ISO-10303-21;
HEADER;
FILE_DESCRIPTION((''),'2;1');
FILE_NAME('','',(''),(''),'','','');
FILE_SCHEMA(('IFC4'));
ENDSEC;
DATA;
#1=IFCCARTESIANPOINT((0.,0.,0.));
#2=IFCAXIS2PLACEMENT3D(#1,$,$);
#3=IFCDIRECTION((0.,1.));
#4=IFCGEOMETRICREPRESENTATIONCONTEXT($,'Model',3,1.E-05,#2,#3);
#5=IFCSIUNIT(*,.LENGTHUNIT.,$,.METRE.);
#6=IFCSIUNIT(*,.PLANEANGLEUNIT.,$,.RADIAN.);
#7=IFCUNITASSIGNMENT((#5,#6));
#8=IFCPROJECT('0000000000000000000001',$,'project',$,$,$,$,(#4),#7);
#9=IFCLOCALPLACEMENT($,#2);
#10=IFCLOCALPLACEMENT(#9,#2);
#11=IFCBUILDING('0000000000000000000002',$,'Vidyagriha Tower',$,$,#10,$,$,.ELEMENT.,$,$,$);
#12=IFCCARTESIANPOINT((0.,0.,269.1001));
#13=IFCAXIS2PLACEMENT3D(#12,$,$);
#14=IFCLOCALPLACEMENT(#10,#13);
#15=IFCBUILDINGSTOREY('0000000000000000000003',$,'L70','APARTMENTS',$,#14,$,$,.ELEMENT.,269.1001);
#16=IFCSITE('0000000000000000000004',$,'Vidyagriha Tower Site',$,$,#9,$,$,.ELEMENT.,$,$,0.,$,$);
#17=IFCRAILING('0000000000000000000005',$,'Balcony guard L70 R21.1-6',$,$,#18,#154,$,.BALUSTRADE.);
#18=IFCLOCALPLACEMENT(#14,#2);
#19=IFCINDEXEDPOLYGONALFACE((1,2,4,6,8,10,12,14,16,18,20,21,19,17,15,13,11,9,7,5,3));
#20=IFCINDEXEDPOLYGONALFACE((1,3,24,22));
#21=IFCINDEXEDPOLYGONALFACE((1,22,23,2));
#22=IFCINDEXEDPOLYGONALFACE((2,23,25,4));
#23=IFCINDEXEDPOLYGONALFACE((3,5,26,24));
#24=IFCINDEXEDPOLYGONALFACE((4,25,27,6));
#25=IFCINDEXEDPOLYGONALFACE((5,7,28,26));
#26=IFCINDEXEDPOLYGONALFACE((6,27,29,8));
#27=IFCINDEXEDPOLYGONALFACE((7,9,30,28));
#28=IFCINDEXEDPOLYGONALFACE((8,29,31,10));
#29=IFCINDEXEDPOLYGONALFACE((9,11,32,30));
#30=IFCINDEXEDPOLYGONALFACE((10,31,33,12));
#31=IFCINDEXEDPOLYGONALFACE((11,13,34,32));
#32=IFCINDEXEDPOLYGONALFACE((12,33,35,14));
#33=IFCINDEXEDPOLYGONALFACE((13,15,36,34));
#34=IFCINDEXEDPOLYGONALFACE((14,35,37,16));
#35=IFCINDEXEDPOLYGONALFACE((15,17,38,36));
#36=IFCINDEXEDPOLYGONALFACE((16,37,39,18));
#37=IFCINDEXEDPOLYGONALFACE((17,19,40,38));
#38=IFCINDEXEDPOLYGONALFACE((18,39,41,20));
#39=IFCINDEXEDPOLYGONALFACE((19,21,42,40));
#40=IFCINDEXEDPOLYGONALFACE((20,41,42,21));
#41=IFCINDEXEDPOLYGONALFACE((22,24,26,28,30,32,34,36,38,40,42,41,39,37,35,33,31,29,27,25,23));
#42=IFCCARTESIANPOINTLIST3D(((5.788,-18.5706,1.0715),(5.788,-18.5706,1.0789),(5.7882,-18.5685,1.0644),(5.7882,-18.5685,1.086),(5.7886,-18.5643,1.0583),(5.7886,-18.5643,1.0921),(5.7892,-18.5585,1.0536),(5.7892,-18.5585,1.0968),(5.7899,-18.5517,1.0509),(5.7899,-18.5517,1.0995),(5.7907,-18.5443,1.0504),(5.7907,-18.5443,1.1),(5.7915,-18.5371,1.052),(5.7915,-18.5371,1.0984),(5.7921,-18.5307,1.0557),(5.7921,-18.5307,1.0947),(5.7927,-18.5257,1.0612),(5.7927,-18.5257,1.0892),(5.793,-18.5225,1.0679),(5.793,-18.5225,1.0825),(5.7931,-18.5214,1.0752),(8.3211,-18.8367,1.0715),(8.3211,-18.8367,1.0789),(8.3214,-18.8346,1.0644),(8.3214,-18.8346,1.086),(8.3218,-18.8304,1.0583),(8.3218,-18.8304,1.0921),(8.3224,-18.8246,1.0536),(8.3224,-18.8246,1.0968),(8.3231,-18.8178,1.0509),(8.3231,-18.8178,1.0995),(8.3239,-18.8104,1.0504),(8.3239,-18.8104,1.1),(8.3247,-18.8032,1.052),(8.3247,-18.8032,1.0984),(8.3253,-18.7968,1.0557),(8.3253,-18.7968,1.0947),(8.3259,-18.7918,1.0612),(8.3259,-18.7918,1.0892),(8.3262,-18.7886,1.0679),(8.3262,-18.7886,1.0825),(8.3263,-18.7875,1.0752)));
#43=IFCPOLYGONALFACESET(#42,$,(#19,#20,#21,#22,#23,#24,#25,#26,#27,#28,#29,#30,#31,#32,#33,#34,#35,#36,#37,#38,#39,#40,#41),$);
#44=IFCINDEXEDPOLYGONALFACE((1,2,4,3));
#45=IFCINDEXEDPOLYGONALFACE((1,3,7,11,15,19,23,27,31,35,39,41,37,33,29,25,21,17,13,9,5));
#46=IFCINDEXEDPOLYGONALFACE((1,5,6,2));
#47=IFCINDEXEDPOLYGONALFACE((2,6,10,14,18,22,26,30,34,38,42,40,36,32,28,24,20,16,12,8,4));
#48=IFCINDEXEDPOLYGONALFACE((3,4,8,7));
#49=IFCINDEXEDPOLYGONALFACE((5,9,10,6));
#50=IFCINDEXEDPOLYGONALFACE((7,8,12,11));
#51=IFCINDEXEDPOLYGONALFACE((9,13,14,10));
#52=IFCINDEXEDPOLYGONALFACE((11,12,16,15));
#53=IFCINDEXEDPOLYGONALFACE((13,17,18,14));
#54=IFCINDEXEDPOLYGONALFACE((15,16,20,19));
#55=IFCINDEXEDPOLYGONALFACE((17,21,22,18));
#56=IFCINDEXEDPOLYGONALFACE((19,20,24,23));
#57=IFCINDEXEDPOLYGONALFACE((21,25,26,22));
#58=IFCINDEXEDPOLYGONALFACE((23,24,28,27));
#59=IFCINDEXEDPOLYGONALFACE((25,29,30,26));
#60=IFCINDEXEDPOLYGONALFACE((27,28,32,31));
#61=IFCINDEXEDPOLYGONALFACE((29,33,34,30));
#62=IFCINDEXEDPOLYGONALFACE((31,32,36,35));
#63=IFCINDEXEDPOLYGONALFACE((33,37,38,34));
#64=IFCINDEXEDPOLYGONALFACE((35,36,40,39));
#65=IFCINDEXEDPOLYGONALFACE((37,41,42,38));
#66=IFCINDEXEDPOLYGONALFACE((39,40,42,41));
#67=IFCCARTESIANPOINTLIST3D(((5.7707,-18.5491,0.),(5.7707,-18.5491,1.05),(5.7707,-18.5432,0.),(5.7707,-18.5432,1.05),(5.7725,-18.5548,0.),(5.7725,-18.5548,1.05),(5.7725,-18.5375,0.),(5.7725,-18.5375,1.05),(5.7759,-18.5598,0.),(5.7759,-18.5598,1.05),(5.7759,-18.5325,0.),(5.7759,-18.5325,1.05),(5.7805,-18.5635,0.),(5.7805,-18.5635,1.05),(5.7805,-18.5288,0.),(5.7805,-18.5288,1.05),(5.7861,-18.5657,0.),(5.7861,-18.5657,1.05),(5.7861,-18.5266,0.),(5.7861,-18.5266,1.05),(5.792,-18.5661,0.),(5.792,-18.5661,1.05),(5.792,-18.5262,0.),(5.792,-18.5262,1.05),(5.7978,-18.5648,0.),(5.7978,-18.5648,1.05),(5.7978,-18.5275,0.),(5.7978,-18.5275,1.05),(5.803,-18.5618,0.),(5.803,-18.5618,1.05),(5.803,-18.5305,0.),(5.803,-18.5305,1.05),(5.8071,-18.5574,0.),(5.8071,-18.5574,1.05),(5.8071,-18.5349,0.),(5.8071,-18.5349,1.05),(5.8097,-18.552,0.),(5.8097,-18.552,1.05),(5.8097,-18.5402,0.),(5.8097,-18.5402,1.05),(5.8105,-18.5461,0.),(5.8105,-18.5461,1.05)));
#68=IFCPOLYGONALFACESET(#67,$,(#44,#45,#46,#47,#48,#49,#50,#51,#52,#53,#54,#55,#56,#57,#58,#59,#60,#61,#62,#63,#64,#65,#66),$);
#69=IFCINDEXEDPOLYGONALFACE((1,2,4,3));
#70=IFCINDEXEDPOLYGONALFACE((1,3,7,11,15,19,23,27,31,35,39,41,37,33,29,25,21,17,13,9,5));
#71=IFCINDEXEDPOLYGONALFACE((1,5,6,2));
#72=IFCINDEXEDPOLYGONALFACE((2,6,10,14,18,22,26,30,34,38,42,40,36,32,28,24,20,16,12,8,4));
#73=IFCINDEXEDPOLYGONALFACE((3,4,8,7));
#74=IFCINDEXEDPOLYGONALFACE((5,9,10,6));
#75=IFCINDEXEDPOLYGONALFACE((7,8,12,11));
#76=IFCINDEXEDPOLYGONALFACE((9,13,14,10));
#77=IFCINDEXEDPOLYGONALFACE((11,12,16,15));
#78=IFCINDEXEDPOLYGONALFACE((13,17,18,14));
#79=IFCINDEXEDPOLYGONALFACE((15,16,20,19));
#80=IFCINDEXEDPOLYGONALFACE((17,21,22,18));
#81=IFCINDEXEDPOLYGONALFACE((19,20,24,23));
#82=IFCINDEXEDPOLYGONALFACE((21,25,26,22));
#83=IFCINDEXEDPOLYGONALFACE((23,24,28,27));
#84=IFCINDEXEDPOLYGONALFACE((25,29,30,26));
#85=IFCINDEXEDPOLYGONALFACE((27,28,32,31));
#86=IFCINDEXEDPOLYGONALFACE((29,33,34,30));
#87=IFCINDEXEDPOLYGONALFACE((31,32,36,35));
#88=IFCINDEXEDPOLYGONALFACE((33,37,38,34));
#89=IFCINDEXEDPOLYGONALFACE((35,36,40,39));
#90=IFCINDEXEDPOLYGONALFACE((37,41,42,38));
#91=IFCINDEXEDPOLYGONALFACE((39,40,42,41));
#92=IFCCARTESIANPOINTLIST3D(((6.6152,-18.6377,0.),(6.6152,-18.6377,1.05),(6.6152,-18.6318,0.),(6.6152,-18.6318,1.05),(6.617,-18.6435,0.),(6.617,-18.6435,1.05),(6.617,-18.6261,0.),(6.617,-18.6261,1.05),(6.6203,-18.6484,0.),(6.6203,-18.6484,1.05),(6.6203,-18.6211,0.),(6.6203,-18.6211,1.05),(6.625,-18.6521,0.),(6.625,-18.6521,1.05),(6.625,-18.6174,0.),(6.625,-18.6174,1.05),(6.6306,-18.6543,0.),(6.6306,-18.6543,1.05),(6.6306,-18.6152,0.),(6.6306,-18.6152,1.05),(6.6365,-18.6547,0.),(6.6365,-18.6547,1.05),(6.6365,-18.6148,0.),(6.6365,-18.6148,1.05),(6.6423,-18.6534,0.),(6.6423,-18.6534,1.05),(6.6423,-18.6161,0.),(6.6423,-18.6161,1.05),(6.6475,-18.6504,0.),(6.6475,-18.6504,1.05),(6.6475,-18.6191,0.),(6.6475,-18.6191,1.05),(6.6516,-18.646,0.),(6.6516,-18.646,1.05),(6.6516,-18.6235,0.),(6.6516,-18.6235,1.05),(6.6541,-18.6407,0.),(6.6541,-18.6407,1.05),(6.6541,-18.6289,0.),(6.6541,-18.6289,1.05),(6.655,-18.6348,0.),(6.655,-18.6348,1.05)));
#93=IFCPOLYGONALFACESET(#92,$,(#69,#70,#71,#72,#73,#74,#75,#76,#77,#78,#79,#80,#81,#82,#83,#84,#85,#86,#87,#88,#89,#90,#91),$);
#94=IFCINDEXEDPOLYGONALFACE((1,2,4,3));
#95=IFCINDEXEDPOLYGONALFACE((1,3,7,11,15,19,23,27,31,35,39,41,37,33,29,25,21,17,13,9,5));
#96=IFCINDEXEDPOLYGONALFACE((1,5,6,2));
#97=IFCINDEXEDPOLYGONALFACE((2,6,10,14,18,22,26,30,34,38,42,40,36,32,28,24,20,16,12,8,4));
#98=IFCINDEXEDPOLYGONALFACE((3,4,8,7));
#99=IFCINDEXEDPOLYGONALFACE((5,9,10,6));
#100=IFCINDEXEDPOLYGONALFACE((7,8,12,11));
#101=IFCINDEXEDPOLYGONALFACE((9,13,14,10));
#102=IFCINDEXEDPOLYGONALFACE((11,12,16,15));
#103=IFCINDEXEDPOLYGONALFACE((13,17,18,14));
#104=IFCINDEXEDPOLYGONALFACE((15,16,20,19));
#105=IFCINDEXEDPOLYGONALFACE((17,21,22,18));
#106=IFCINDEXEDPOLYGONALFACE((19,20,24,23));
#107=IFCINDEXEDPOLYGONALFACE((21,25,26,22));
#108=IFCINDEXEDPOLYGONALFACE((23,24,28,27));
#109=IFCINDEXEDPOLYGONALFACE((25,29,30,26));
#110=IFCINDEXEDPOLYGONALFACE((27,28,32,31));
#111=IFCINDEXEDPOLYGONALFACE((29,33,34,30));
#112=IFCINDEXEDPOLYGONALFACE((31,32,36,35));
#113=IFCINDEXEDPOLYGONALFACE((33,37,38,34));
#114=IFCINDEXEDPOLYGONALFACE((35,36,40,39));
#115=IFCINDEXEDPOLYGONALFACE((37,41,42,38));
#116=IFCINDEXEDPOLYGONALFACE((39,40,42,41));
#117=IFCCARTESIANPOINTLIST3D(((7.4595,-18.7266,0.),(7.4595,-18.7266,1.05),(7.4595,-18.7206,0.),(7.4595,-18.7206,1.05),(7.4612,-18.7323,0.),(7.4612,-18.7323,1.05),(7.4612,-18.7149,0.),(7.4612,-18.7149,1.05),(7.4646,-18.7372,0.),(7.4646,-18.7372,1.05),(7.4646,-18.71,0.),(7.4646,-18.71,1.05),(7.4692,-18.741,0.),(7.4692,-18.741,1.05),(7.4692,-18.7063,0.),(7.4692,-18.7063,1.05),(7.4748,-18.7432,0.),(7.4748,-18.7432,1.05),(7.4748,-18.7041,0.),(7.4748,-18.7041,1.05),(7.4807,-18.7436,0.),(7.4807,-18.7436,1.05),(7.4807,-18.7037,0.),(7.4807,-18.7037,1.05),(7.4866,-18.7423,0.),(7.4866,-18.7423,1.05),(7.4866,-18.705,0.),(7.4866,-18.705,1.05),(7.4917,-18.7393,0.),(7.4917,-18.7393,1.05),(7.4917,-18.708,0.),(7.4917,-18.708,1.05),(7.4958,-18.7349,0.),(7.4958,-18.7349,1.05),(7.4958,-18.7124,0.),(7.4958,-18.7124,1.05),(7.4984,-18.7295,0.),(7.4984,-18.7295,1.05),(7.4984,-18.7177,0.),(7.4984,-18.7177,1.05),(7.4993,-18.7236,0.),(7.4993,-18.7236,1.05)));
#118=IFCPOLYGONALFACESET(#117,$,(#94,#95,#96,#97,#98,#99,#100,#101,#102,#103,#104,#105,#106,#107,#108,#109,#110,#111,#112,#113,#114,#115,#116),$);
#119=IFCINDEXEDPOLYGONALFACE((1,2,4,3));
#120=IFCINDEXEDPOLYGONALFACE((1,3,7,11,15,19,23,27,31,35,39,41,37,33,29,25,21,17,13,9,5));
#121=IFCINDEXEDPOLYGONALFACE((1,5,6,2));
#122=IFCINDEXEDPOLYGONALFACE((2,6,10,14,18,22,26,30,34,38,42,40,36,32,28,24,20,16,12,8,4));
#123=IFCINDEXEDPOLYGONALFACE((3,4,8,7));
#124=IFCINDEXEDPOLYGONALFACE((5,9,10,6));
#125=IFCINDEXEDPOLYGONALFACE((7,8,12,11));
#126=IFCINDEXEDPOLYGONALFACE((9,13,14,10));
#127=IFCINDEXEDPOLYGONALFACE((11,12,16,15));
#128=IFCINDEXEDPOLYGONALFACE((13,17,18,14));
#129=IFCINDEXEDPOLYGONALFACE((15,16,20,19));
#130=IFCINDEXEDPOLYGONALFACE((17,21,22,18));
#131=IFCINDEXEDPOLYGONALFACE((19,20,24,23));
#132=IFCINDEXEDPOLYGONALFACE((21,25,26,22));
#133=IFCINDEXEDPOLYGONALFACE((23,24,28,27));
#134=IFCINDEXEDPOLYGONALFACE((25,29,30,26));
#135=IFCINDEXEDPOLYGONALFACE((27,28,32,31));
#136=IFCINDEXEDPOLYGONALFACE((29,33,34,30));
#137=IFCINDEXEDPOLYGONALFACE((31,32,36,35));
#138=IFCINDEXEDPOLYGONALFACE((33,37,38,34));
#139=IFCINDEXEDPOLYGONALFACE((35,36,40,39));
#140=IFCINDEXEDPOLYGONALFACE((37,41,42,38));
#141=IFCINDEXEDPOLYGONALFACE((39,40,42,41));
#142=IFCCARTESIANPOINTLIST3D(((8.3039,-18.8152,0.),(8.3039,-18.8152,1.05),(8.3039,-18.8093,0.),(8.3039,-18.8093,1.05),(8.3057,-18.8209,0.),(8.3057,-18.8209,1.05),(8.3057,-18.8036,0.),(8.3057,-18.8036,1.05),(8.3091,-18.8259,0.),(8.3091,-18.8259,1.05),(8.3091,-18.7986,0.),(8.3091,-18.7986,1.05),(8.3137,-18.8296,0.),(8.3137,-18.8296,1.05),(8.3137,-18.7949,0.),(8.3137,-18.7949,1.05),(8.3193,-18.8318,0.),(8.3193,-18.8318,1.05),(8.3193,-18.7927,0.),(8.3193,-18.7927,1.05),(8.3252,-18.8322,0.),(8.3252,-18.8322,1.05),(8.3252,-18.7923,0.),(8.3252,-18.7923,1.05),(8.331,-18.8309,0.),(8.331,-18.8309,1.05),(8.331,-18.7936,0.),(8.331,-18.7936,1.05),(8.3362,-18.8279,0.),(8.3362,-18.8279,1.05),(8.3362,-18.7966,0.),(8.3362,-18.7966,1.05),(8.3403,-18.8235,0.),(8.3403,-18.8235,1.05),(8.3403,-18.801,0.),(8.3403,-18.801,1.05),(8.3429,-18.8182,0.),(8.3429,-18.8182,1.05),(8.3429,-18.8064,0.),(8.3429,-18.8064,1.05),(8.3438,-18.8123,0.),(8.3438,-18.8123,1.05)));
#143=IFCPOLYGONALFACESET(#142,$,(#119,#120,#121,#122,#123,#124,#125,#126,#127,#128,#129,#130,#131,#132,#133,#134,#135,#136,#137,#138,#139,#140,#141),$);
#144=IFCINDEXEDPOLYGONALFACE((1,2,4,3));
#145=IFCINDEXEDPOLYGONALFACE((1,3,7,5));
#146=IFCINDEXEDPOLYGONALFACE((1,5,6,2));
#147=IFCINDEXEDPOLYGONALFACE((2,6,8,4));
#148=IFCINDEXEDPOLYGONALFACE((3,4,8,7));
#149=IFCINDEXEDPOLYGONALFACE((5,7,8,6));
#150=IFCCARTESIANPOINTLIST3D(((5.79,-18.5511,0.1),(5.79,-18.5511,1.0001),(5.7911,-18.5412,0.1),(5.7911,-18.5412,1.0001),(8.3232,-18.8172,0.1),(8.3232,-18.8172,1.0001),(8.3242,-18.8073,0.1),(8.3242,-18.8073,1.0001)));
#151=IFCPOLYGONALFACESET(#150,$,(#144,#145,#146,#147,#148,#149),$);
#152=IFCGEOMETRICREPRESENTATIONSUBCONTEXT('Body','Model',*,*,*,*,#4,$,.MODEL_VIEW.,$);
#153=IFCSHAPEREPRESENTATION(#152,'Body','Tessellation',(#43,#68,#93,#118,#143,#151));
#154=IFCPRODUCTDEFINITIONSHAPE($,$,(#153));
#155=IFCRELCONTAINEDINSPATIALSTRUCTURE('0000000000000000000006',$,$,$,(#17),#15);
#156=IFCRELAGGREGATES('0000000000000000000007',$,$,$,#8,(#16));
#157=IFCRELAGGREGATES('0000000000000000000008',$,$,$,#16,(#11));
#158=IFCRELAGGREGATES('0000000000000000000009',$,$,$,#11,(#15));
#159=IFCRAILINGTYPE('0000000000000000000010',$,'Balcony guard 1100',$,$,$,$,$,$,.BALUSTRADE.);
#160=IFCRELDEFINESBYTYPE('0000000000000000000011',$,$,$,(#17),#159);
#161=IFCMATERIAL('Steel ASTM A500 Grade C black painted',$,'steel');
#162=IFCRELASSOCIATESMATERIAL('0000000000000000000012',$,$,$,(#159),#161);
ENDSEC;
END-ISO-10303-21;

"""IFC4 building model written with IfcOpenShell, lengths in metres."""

from ifc_helpers import new_model, si_unit, direction, frame, origin, origin_2d, place, context, subcontext, project, spatial, rectangle, circle, extrude, material, type_object, element, save


model = new_model("IFC4")

# Units and contexts
model_context = context("Model", 3, precision=1e-05, world=origin(), true_north=direction((0.0, 1.0)))
body_context = subcontext(model_context, "Body", "Model", "MODEL_VIEW")
ifc_project = project(units=[si_unit("LENGTHUNIT", "METRE"), si_unit("PLANEANGLEUNIT", "RADIAN")], contexts=[model_context])

# Site, building, storey
site_placement = place(None, origin())
site = spatial("IfcSite", under=ifc_project, at=site_placement, Name="Vidyagriha Tower Site", CompositionType="ELEMENT", RefElevation=0.0)
building_placement = place(site_placement, origin())
building = spatial("IfcBuilding", under=site, at=building_placement, Name="Vidyagriha Tower", CompositionType="ELEMENT")
storey_placement = place(building_placement, frame((0.0, 0.0, 269.1001)))
storey = spatial("IfcBuildingStorey", under=building, at=storey_placement, Name="L70", Description="APARTMENTS", CompositionType="ELEMENT", Elevation=269.1001)

# Railing
ifc_material_1 = material(Name="Steel ASTM A500 Grade C black painted", Category="steel")
railing_type = type_object("IfcRailingType", Name="Balcony guard 1100", PredefinedType="BALUSTRADE", material=ifc_material_1)
railing_1_placement = place(storey_placement, frame((5.7905, -18.5461, 0.0)))
element("IfcRailing", 1, at=railing_1_placement, inside=storey, type_object=railing_type, Name="Balcony guard L70 R21.1-6", PredefinedType="BALUSTRADE", context=body_context, shape_type="SweptSolid", body=[
    extrude(circle(Radius=0.0249, at=origin_2d()), frame((0.0, 0.0, 1.0752), z_axis=(0.994527, -0.104475, 0.0), x_axis=(0.104475, 0.994527, 0.0)), (0.0, 0.0, 1.0), 2.5471),
    extrude(circle(Radius=0.02, at=origin_2d()), origin(), (0.0, 0.0, 1.0), 1.05),
    extrude(circle(Radius=0.02, at=origin_2d()), frame((0.8445, -0.0886, 0.0)), (0.0, 0.0, 1.0), 1.05),
    extrude(circle(Radius=0.02, at=origin_2d()), frame((1.6887, -0.1775, 0.0)), (0.0, 0.0, 1.0), 1.05),
    extrude(circle(Radius=0.02, at=origin_2d()), frame((2.5332, -0.2661, 0.0)), (0.0, 0.0, 1.0), 1.05),
    extrude(rectangle(XDim=0.01, YDim=0.9001, at=origin_2d()), frame((0.0, 0.0, 0.55), z_axis=(0.994527, -0.104475, 0.0), x_axis=(0.104475, 0.994527, 0.0)), (0.0, 0.0, 1.0), 2.5471),
])

save(model, "model.ifc")
